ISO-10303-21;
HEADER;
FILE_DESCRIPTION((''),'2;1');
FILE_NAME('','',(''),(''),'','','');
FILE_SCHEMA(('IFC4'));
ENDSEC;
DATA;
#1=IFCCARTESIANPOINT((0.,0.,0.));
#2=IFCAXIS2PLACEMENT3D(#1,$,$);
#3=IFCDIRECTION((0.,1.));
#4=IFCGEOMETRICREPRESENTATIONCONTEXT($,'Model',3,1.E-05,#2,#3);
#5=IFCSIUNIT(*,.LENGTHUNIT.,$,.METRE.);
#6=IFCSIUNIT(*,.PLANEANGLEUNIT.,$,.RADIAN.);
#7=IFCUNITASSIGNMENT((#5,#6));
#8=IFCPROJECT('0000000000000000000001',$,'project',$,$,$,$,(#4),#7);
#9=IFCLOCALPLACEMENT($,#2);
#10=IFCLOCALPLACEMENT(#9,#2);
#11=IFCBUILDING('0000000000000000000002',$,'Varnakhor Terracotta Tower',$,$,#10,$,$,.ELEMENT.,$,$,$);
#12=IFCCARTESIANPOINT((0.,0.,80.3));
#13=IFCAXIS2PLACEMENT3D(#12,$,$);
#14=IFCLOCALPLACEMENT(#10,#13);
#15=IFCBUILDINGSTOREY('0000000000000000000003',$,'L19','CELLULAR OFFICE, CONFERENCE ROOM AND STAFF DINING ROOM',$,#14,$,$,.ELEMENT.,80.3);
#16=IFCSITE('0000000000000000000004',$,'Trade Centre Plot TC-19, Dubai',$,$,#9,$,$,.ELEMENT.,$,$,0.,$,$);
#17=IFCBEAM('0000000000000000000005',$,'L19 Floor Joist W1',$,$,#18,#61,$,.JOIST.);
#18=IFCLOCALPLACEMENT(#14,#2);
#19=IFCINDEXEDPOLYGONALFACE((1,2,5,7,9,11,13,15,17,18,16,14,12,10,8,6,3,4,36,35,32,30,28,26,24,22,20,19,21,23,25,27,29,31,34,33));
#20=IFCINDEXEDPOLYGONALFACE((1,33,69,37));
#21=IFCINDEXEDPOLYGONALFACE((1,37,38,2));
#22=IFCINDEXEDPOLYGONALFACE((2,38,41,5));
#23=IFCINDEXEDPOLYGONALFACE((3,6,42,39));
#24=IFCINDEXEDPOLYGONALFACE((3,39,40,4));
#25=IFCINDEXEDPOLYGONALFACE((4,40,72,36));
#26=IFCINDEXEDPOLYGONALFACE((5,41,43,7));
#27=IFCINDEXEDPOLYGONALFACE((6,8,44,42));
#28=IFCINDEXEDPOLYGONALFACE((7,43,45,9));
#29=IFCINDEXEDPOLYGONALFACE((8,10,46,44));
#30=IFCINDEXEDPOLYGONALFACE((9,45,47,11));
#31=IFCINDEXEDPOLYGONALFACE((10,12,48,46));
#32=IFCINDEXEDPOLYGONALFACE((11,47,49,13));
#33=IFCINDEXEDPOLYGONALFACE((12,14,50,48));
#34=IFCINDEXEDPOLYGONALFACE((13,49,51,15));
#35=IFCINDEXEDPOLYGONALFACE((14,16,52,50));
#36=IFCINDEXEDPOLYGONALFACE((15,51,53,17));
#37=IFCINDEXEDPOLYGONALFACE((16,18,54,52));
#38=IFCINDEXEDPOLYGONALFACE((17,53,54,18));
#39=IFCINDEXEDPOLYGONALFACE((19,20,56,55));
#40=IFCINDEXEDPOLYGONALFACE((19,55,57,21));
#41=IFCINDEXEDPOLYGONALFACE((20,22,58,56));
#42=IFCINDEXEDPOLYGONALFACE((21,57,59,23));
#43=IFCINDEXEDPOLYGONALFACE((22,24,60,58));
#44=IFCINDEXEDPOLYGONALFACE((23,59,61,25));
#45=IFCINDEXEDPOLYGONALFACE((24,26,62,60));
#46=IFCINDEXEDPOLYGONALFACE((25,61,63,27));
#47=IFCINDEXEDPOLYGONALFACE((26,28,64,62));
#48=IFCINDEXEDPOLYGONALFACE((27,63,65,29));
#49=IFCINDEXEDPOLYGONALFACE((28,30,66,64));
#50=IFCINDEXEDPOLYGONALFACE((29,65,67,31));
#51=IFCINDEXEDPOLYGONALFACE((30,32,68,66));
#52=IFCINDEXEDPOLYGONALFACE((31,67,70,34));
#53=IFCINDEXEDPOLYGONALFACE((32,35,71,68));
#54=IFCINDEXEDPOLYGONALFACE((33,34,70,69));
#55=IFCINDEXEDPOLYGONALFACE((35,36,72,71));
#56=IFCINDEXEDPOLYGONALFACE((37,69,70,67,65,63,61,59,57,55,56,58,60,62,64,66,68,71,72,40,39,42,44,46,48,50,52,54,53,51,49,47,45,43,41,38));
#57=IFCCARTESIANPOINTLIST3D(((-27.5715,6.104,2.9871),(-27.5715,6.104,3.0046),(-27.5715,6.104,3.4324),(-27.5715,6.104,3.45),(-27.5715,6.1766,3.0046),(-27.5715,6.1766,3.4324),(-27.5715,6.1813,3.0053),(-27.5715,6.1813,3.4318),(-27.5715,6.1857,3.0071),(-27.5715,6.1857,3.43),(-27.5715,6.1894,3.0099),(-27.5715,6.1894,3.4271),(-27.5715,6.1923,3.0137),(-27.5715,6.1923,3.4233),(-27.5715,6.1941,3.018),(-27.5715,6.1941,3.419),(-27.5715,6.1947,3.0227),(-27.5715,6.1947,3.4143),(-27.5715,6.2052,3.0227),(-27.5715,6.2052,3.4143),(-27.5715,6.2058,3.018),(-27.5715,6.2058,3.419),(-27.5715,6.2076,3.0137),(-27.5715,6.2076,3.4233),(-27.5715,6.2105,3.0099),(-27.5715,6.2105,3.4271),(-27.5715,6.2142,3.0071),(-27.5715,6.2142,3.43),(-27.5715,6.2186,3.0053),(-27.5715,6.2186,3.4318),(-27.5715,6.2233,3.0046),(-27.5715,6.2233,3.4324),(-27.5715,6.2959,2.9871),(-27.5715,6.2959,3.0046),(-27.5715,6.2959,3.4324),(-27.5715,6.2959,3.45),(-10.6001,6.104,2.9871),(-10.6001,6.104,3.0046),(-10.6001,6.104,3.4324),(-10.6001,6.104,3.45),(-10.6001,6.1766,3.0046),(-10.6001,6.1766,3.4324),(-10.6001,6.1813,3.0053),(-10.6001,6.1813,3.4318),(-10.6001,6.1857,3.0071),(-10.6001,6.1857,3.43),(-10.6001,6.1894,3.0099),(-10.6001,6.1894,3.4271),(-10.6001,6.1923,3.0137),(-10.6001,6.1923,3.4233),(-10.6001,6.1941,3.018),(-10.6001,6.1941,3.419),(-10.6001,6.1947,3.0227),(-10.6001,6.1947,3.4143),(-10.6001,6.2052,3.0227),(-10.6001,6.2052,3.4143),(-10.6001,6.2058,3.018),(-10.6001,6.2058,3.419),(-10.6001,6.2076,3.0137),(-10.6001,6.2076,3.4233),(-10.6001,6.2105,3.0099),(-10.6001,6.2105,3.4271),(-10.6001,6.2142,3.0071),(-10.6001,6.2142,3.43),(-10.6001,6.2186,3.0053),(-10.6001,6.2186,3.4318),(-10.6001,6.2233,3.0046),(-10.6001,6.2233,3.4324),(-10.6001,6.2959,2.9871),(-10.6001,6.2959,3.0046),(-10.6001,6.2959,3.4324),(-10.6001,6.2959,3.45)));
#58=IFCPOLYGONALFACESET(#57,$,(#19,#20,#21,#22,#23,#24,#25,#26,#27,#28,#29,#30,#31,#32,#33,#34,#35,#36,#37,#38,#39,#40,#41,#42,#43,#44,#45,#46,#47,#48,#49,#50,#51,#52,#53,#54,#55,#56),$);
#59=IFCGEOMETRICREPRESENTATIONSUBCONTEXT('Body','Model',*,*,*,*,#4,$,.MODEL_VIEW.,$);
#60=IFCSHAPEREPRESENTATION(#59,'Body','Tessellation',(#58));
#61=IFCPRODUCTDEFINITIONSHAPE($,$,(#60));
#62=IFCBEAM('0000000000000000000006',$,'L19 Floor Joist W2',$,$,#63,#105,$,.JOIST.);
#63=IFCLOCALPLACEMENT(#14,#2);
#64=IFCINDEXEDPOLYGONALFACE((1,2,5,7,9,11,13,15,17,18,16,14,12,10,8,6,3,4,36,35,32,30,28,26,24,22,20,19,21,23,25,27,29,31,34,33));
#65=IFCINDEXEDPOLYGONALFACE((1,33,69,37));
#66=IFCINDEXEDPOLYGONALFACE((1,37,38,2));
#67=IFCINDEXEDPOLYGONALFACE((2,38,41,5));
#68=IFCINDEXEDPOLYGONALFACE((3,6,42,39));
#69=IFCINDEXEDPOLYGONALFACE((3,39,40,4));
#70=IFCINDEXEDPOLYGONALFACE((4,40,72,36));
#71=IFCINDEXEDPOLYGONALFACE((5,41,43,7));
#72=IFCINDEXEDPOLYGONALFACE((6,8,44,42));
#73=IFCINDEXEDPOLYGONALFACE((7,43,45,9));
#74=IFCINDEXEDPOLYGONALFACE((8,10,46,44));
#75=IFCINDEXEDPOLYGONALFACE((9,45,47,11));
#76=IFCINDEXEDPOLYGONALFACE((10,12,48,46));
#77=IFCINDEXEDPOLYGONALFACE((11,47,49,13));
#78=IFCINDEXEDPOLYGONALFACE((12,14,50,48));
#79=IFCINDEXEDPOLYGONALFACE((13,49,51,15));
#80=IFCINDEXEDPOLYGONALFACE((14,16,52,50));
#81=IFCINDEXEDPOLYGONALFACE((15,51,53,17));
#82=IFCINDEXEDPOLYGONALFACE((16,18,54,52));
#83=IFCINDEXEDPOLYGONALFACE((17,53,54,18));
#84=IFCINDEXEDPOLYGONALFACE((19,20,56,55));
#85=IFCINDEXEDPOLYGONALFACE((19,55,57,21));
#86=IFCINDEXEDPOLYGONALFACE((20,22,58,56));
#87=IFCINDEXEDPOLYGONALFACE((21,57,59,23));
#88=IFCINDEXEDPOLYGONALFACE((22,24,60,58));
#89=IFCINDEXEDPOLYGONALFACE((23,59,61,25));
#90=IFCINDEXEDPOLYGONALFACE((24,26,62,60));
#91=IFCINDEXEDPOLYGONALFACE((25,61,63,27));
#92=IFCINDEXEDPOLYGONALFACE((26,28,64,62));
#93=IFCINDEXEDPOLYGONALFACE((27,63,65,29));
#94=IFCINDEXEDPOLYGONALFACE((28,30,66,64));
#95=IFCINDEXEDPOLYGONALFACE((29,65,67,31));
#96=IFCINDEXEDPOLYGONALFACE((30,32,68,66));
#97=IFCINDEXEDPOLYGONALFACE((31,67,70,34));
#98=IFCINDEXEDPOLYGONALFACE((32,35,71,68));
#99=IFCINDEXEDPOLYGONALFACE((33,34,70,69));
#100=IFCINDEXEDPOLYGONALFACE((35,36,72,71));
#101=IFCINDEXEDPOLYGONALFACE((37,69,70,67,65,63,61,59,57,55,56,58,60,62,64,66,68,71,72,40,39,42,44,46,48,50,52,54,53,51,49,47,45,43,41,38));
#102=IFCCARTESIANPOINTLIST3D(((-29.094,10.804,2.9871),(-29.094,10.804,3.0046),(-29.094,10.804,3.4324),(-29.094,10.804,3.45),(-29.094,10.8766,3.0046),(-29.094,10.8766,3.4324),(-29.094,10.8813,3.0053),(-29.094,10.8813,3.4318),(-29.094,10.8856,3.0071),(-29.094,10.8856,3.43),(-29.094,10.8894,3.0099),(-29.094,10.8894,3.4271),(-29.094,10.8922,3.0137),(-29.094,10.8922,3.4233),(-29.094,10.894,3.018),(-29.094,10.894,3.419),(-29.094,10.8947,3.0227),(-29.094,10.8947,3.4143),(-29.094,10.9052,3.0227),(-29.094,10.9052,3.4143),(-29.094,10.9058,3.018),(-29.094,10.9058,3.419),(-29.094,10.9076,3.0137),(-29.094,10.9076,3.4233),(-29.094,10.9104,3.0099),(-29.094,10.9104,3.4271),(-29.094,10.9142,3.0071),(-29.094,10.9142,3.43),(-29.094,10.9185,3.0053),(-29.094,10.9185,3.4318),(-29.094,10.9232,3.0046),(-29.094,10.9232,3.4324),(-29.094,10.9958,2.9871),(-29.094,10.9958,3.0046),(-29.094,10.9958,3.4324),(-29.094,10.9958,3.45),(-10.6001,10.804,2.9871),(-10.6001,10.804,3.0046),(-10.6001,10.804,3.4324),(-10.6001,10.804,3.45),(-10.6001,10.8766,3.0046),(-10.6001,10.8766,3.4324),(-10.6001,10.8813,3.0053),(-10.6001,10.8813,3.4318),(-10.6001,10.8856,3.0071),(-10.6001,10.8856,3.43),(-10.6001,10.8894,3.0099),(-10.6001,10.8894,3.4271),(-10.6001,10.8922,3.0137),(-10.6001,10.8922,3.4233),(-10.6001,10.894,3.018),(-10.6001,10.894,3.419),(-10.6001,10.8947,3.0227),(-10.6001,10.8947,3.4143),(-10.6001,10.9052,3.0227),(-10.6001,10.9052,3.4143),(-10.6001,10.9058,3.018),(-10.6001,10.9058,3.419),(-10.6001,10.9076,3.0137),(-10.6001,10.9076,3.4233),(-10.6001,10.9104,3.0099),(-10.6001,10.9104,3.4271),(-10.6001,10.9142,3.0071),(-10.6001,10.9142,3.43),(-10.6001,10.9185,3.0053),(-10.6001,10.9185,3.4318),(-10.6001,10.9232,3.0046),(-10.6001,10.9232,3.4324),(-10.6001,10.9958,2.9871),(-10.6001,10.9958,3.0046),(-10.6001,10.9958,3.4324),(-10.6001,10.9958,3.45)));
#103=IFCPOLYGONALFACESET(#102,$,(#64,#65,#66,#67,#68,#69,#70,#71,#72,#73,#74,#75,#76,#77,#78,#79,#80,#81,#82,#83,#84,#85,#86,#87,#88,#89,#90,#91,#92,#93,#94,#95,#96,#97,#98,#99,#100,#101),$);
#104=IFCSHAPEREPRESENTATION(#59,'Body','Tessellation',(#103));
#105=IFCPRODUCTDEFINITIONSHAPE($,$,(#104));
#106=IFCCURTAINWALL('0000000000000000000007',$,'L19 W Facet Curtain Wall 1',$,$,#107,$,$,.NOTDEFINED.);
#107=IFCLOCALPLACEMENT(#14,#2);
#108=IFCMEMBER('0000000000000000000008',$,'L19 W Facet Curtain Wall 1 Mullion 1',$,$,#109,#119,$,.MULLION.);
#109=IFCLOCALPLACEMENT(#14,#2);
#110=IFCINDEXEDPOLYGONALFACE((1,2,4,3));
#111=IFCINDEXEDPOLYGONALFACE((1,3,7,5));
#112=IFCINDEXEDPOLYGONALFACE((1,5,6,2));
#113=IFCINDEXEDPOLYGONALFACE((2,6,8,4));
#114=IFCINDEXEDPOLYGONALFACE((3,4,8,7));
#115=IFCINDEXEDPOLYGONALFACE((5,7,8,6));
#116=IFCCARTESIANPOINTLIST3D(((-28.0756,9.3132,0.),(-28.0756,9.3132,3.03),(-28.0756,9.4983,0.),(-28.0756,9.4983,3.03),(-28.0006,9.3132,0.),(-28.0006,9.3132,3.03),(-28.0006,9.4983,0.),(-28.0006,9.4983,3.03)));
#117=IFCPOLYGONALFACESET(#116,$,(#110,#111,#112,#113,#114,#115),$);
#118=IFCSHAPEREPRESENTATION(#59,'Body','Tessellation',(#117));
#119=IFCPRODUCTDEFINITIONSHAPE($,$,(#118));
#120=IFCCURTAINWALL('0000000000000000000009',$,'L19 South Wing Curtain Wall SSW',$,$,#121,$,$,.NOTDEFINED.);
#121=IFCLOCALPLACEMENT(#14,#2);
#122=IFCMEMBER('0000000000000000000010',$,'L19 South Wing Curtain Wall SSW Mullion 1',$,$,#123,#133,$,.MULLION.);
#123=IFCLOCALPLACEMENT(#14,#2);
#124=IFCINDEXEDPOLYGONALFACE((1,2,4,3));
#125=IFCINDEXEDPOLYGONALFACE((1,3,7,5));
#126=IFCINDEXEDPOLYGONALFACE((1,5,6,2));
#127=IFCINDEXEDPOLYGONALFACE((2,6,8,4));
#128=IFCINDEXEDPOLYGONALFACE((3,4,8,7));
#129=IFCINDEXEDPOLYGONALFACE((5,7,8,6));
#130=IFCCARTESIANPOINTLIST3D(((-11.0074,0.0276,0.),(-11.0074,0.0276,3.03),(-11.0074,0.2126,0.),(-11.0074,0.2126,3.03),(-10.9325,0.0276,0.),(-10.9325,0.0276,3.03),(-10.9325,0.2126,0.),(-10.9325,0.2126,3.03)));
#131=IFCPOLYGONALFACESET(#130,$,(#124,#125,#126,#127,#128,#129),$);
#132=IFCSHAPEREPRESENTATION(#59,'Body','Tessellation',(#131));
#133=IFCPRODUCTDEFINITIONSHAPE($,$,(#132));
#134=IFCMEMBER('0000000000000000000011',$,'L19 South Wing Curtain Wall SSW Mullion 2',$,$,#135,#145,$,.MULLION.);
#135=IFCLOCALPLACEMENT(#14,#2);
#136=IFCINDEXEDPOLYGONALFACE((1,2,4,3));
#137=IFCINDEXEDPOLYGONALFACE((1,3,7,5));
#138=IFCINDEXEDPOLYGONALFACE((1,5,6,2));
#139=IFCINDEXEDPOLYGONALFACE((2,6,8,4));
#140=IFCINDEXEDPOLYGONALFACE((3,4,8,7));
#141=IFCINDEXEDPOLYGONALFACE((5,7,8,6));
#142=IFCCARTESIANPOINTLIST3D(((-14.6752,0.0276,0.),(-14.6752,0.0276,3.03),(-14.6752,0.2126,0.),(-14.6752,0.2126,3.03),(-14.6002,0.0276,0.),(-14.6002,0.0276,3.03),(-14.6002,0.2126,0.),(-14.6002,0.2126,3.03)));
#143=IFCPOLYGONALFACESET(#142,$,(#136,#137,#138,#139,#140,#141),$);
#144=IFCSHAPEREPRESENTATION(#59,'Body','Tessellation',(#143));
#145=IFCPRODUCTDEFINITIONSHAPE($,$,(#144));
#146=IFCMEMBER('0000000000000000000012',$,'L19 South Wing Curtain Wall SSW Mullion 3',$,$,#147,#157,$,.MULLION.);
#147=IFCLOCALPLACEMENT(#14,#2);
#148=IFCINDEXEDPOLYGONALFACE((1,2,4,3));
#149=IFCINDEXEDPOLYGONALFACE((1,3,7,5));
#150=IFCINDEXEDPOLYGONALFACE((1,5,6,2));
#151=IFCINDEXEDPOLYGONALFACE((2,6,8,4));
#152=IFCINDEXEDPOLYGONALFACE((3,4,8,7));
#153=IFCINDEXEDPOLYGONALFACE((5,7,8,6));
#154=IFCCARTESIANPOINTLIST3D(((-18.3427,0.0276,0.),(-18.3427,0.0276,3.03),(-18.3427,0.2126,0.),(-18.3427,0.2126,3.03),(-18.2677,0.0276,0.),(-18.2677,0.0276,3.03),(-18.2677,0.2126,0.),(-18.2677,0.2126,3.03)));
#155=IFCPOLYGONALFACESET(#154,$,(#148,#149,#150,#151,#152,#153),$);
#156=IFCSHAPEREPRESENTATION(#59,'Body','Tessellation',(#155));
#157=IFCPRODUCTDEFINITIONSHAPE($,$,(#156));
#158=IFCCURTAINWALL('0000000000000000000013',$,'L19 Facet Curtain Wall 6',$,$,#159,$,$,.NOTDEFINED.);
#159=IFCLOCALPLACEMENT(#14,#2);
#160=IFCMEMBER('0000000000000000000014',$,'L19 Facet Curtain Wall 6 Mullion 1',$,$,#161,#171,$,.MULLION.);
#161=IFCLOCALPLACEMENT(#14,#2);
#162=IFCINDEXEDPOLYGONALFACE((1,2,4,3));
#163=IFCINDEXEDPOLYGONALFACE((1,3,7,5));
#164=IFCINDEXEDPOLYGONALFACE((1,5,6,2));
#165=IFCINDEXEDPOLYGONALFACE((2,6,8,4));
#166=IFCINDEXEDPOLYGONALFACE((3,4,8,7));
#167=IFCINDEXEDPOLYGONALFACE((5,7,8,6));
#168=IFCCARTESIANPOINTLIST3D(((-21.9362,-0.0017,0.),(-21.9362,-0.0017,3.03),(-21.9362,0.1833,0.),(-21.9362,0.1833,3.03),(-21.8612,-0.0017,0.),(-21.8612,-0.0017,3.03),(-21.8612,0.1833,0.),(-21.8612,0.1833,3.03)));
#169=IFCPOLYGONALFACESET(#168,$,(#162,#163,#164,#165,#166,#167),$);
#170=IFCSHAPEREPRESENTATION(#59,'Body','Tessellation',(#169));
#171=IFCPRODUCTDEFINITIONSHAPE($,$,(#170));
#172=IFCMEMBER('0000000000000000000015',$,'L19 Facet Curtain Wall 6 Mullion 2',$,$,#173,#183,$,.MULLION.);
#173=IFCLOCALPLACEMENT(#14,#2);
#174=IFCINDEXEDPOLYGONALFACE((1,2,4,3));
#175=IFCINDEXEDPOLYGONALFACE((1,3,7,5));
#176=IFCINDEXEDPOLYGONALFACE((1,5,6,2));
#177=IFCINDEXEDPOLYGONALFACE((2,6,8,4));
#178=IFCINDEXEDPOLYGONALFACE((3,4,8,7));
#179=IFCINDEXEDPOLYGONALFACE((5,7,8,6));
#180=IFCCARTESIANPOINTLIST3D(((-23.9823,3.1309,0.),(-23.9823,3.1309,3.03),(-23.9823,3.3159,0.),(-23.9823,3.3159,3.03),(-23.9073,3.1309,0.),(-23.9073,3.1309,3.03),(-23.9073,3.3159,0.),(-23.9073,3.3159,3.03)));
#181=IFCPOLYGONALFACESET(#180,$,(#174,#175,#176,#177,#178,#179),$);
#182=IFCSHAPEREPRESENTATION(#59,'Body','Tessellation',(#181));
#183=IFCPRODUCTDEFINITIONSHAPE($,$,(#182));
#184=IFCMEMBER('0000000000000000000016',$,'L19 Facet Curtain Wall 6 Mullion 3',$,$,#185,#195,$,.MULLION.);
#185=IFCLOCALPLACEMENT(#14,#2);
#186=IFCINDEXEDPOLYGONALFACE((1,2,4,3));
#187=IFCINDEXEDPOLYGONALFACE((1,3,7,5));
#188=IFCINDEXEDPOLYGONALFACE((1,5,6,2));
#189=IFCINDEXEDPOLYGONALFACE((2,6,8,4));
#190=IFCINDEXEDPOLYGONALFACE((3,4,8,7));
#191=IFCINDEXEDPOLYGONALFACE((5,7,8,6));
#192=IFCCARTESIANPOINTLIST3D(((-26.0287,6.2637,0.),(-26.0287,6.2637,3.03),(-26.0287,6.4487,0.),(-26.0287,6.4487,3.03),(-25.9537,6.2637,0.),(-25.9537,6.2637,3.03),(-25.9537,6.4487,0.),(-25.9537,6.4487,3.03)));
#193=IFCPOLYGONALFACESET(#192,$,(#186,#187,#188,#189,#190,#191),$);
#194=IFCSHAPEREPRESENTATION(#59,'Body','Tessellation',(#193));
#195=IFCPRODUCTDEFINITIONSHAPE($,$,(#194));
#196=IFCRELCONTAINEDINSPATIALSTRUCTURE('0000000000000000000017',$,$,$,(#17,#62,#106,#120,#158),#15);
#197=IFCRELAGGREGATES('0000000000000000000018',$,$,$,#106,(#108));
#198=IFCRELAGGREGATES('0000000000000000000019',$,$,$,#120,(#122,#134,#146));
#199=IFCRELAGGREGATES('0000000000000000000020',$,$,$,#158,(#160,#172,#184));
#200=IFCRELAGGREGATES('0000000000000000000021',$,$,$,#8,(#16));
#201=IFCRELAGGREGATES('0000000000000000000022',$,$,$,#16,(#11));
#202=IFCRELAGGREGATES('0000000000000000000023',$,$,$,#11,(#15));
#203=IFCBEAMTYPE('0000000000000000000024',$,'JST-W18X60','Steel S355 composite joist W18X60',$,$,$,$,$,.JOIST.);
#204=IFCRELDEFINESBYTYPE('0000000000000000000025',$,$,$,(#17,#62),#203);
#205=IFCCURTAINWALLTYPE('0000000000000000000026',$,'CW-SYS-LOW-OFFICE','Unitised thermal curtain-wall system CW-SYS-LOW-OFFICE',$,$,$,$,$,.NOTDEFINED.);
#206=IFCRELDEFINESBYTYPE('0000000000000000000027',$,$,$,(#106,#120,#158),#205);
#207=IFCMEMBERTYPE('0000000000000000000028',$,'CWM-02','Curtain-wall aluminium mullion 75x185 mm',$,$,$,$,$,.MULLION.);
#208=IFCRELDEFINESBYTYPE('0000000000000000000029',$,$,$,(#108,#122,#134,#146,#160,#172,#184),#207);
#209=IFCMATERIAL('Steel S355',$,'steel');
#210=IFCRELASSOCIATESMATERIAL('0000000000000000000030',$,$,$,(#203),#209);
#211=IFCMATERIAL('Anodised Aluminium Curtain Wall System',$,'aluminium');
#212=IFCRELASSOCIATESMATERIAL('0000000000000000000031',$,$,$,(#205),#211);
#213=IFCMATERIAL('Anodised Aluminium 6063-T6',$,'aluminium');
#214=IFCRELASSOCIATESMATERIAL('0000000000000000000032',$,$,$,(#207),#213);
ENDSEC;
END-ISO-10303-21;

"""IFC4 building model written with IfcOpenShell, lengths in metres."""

from ifc_helpers import new_model, si_unit, direction, frame, origin, origin_2d, place, context, subcontext, project, spatial, rectangle, i_section, extrude, source, transform, mapped, material, material_profile, profile_set, type_object, type_shapes, element, aggregate, save


model = new_model("IFC4")

# Units and contexts
model_context = context("Model", 3, precision=1e-05, world=origin(), true_north=direction((0.0, 1.0)))
body_context = subcontext(model_context, "Body", "Model", "MODEL_VIEW")
ifc_project = project(units=[si_unit("LENGTHUNIT", "METRE"), si_unit("PLANEANGLEUNIT", "RADIAN")], contexts=[model_context])

# Site, building, storey
site_placement = place(None, origin())
site = spatial("IfcSite", under=ifc_project, at=site_placement, Name="Trade Centre Plot TC-19, Dubai", CompositionType="ELEMENT", RefElevation=0.0)
building_placement = place(site_placement, origin())
building = spatial("IfcBuilding", under=site, at=building_placement, Name="Varnakhor Terracotta Tower", CompositionType="ELEMENT")
storey_placement = place(building_placement, frame((0.0, 0.0, 80.3)))
storey = spatial("IfcBuildingStorey", under=building, at=storey_placement, Name="L19", Description="CELLULAR OFFICE, CONFERENCE ROOM AND STAFF DINING ROOM", CompositionType="ELEMENT", Elevation=80.3)

# Beams
ifc_material_1 = material(Name="Steel S355", Category="steel")
ifc_material_profile_1 = material_profile(ifc_material_1, i_section(OverallWidth=0.1919, OverallDepth=0.4629, WebThickness=0.0105, FlangeThickness=0.0176, FilletRadius=0.0181, at=origin_2d()), Name="W18X60")
ifc_profile_set_1 = profile_set([ifc_material_profile_1], Name="Steel S355")
beam_type_1 = type_object("IfcBeamType", Name="JST-W18X60", Description="Steel S355 composite joist W18X60", PredefinedType="JOIST", material=ifc_profile_set_1)
shared_shape_1 = source(origin(), body_context, "Body", "SweptSolid", [
    extrude(i_section(OverallWidth=0.1919, OverallDepth=0.4629, WebThickness=0.0105, FlangeThickness=0.0176, FilletRadius=0.0181, at=origin_2d()), origin(), (0.0, 0.0, 1.0), 16.9714),
])
beam_1_placement = place(storey_placement, frame((-27.5715, 6.2, 3.2185), z_axis=(1.0, 0.0, 0.0), x_axis=(0.0, 1.0, 0.0)))
element("IfcBeam", 1, at=beam_1_placement, inside=storey, type_object=beam_type_1, Name="L19 Floor Joist W1", PredefinedType="JOIST", context=body_context, shape_type="MappedRepresentation", body=[
    mapped(shared_shape_1, transform((0.0, 0.0, 0.0), scale=1.0)),
])
shared_shape_2 = source(origin(), body_context, "Body", "SweptSolid", [
    extrude(i_section(OverallWidth=0.1919, OverallDepth=0.4629, WebThickness=0.0105, FlangeThickness=0.0176, FilletRadius=0.0181, at=origin_2d()), origin(), (0.0, 0.0, 1.0), 18.4939),
])
beam_2_placement = place(storey_placement, frame((-29.094, 10.8999, 3.2185), z_axis=(1.0, 0.0, 0.0), x_axis=(0.0, 1.0, 0.0)))
element("IfcBeam", 2, at=beam_2_placement, inside=storey, type_object=beam_type_1, Name="L19 Floor Joist W2", PredefinedType="JOIST", context=body_context, shape_type="MappedRepresentation", body=[
    mapped(shared_shape_2, transform((0.0, 0.0, 0.0), scale=1.0)),
])

# Curtain wall, member
ifc_material_2 = material(Name="Anodised Aluminium Curtain Wall System", Category="aluminium")
curtain_wall_type = type_object("IfcCurtainWallType", Name="CW-SYS-LOW-OFFICE", Description="Unitised thermal curtain-wall system CW-SYS-LOW-OFFICE", PredefinedType="NOTDEFINED", material=ifc_material_2)
curtain_wall_1_placement = place(storey_placement, origin())
curtain_wall_1 = element("IfcCurtainWall", 3, at=curtain_wall_1_placement, inside=storey, type_object=curtain_wall_type, Name="L19 W Facet Curtain Wall 1", PredefinedType="NOTDEFINED")
ifc_material_3 = material(Name="Anodised Aluminium 6063-T6", Category="aluminium")
ifc_material_profile_2 = material_profile(ifc_material_3, rectangle(XDim=0.075, YDim=0.1851, at=origin_2d()), Name="ALU MULLION 75x185")
ifc_profile_set_2 = profile_set([ifc_material_profile_2], Name="Anodised Aluminium 6063-T6")
member_type_1 = type_object("IfcMemberType", Name="CWM-02", Description="Curtain-wall aluminium mullion 75x185 mm", PredefinedType="MULLION", material=ifc_profile_set_2)
shared_shape_3 = source(origin(), body_context, "Body", "SweptSolid", [
    extrude(rectangle(XDim=0.075, YDim=0.1851, at=origin_2d()), origin(), (0.0, 0.0, 1.0), 3.03),
])
type_shapes(member_type_1, [shared_shape_3])
member_1_placement = place(storey_placement, frame((-28.0381, 9.4058, 0.0), z_axis=(0.0, 0.0, 1.0), x_axis=(1.0, 0.0, 0.0)))
member_1 = element("IfcMember", 4, at=member_1_placement, type_object=member_type_1, Name="L19 W Facet Curtain Wall 1 Mullion 1", PredefinedType="MULLION", context=body_context, shape_type="MappedRepresentation", body=[
    mapped(shared_shape_3, transform((0.0, 0.0, 0.0), scale=1.0)),
])

# Curtain walls, members
curtain_wall_2_placement = place(storey_placement, origin())
curtain_wall_2 = element("IfcCurtainWall", 5, at=curtain_wall_2_placement, inside=storey, type_object=curtain_wall_type, Name="L19 South Wing Curtain Wall SSW", PredefinedType="NOTDEFINED")
member_2_placement = place(storey_placement, frame((-10.97, 0.1201, 0.0), z_axis=(0.0, 0.0, 1.0), x_axis=(1.0, 0.0, 0.0)))
member_2 = element("IfcMember", 6, at=member_2_placement, type_object=member_type_1, Name="L19 South Wing Curtain Wall SSW Mullion 1", PredefinedType="MULLION", context=body_context, shape_type="MappedRepresentation", body=[
    mapped(shared_shape_3, transform((0.0, 0.0, 0.0), scale=1.0)),
])
member_3_placement = place(storey_placement, frame((-14.6377, 0.1201, 0.0), z_axis=(0.0, 0.0, 1.0), x_axis=(1.0, 0.0, 0.0)))
member_3 = element("IfcMember", 7, at=member_3_placement, type_object=member_type_1, Name="L19 South Wing Curtain Wall SSW Mullion 2", PredefinedType="MULLION", context=body_context, shape_type="MappedRepresentation", body=[
    mapped(shared_shape_3, transform((0.0, 0.0, 0.0), scale=1.0)),
])
member_4_placement = place(storey_placement, frame((-18.3052, 0.1201, 0.0), z_axis=(0.0, 0.0, 1.0), x_axis=(1.0, 0.0, 0.0)))
member_4 = element("IfcMember", 8, at=member_4_placement, type_object=member_type_1, Name="L19 South Wing Curtain Wall SSW Mullion 3", PredefinedType="MULLION", context=body_context, shape_type="MappedRepresentation", body=[
    mapped(shared_shape_3, transform((0.0, 0.0, 0.0), scale=1.0)),
])
curtain_wall_3_placement = place(storey_placement, origin())
curtain_wall_3 = element("IfcCurtainWall", 9, at=curtain_wall_3_placement, inside=storey, type_object=curtain_wall_type, Name="L19 Facet Curtain Wall 6", PredefinedType="NOTDEFINED")
member_5_placement = place(storey_placement, frame((-21.8987, 0.0908, 0.0), z_axis=(0.0, 0.0, 1.0), x_axis=(1.0, 0.0, 0.0)))
member_5 = element("IfcMember", 10, at=member_5_placement, type_object=member_type_1, Name="L19 Facet Curtain Wall 6 Mullion 1", PredefinedType="MULLION", context=body_context, shape_type="MappedRepresentation", body=[
    mapped(shared_shape_3, transform((0.0, 0.0, 0.0), scale=1.0)),
])
member_6_placement = place(storey_placement, frame((-23.9448, 3.2234, 0.0), z_axis=(0.0, 0.0, 1.0), x_axis=(1.0, 0.0, 0.0)))
member_6 = element("IfcMember", 11, at=member_6_placement, type_object=member_type_1, Name="L19 Facet Curtain Wall 6 Mullion 2", PredefinedType="MULLION", context=body_context, shape_type="MappedRepresentation", body=[
    mapped(shared_shape_3, transform((0.0, 0.0, 0.0), scale=1.0)),
])
member_7_placement = place(storey_placement, frame((-25.9912, 6.3562, 0.0), z_axis=(0.0, 0.0, 1.0), x_axis=(1.0, 0.0, 0.0)))
member_7 = element("IfcMember", 12, at=member_7_placement, type_object=member_type_1, Name="L19 Facet Curtain Wall 6 Mullion 3", PredefinedType="MULLION", context=body_context, shape_type="MappedRepresentation", body=[
    mapped(shared_shape_3, transform((0.0, 0.0, 0.0), scale=1.0)),
])

aggregate(curtain_wall_1, [member_1])
aggregate(curtain_wall_2, [member_2, member_3, member_4])
aggregate(curtain_wall_3, [member_5, member_6, member_7])

save(model, "model.ifc")
